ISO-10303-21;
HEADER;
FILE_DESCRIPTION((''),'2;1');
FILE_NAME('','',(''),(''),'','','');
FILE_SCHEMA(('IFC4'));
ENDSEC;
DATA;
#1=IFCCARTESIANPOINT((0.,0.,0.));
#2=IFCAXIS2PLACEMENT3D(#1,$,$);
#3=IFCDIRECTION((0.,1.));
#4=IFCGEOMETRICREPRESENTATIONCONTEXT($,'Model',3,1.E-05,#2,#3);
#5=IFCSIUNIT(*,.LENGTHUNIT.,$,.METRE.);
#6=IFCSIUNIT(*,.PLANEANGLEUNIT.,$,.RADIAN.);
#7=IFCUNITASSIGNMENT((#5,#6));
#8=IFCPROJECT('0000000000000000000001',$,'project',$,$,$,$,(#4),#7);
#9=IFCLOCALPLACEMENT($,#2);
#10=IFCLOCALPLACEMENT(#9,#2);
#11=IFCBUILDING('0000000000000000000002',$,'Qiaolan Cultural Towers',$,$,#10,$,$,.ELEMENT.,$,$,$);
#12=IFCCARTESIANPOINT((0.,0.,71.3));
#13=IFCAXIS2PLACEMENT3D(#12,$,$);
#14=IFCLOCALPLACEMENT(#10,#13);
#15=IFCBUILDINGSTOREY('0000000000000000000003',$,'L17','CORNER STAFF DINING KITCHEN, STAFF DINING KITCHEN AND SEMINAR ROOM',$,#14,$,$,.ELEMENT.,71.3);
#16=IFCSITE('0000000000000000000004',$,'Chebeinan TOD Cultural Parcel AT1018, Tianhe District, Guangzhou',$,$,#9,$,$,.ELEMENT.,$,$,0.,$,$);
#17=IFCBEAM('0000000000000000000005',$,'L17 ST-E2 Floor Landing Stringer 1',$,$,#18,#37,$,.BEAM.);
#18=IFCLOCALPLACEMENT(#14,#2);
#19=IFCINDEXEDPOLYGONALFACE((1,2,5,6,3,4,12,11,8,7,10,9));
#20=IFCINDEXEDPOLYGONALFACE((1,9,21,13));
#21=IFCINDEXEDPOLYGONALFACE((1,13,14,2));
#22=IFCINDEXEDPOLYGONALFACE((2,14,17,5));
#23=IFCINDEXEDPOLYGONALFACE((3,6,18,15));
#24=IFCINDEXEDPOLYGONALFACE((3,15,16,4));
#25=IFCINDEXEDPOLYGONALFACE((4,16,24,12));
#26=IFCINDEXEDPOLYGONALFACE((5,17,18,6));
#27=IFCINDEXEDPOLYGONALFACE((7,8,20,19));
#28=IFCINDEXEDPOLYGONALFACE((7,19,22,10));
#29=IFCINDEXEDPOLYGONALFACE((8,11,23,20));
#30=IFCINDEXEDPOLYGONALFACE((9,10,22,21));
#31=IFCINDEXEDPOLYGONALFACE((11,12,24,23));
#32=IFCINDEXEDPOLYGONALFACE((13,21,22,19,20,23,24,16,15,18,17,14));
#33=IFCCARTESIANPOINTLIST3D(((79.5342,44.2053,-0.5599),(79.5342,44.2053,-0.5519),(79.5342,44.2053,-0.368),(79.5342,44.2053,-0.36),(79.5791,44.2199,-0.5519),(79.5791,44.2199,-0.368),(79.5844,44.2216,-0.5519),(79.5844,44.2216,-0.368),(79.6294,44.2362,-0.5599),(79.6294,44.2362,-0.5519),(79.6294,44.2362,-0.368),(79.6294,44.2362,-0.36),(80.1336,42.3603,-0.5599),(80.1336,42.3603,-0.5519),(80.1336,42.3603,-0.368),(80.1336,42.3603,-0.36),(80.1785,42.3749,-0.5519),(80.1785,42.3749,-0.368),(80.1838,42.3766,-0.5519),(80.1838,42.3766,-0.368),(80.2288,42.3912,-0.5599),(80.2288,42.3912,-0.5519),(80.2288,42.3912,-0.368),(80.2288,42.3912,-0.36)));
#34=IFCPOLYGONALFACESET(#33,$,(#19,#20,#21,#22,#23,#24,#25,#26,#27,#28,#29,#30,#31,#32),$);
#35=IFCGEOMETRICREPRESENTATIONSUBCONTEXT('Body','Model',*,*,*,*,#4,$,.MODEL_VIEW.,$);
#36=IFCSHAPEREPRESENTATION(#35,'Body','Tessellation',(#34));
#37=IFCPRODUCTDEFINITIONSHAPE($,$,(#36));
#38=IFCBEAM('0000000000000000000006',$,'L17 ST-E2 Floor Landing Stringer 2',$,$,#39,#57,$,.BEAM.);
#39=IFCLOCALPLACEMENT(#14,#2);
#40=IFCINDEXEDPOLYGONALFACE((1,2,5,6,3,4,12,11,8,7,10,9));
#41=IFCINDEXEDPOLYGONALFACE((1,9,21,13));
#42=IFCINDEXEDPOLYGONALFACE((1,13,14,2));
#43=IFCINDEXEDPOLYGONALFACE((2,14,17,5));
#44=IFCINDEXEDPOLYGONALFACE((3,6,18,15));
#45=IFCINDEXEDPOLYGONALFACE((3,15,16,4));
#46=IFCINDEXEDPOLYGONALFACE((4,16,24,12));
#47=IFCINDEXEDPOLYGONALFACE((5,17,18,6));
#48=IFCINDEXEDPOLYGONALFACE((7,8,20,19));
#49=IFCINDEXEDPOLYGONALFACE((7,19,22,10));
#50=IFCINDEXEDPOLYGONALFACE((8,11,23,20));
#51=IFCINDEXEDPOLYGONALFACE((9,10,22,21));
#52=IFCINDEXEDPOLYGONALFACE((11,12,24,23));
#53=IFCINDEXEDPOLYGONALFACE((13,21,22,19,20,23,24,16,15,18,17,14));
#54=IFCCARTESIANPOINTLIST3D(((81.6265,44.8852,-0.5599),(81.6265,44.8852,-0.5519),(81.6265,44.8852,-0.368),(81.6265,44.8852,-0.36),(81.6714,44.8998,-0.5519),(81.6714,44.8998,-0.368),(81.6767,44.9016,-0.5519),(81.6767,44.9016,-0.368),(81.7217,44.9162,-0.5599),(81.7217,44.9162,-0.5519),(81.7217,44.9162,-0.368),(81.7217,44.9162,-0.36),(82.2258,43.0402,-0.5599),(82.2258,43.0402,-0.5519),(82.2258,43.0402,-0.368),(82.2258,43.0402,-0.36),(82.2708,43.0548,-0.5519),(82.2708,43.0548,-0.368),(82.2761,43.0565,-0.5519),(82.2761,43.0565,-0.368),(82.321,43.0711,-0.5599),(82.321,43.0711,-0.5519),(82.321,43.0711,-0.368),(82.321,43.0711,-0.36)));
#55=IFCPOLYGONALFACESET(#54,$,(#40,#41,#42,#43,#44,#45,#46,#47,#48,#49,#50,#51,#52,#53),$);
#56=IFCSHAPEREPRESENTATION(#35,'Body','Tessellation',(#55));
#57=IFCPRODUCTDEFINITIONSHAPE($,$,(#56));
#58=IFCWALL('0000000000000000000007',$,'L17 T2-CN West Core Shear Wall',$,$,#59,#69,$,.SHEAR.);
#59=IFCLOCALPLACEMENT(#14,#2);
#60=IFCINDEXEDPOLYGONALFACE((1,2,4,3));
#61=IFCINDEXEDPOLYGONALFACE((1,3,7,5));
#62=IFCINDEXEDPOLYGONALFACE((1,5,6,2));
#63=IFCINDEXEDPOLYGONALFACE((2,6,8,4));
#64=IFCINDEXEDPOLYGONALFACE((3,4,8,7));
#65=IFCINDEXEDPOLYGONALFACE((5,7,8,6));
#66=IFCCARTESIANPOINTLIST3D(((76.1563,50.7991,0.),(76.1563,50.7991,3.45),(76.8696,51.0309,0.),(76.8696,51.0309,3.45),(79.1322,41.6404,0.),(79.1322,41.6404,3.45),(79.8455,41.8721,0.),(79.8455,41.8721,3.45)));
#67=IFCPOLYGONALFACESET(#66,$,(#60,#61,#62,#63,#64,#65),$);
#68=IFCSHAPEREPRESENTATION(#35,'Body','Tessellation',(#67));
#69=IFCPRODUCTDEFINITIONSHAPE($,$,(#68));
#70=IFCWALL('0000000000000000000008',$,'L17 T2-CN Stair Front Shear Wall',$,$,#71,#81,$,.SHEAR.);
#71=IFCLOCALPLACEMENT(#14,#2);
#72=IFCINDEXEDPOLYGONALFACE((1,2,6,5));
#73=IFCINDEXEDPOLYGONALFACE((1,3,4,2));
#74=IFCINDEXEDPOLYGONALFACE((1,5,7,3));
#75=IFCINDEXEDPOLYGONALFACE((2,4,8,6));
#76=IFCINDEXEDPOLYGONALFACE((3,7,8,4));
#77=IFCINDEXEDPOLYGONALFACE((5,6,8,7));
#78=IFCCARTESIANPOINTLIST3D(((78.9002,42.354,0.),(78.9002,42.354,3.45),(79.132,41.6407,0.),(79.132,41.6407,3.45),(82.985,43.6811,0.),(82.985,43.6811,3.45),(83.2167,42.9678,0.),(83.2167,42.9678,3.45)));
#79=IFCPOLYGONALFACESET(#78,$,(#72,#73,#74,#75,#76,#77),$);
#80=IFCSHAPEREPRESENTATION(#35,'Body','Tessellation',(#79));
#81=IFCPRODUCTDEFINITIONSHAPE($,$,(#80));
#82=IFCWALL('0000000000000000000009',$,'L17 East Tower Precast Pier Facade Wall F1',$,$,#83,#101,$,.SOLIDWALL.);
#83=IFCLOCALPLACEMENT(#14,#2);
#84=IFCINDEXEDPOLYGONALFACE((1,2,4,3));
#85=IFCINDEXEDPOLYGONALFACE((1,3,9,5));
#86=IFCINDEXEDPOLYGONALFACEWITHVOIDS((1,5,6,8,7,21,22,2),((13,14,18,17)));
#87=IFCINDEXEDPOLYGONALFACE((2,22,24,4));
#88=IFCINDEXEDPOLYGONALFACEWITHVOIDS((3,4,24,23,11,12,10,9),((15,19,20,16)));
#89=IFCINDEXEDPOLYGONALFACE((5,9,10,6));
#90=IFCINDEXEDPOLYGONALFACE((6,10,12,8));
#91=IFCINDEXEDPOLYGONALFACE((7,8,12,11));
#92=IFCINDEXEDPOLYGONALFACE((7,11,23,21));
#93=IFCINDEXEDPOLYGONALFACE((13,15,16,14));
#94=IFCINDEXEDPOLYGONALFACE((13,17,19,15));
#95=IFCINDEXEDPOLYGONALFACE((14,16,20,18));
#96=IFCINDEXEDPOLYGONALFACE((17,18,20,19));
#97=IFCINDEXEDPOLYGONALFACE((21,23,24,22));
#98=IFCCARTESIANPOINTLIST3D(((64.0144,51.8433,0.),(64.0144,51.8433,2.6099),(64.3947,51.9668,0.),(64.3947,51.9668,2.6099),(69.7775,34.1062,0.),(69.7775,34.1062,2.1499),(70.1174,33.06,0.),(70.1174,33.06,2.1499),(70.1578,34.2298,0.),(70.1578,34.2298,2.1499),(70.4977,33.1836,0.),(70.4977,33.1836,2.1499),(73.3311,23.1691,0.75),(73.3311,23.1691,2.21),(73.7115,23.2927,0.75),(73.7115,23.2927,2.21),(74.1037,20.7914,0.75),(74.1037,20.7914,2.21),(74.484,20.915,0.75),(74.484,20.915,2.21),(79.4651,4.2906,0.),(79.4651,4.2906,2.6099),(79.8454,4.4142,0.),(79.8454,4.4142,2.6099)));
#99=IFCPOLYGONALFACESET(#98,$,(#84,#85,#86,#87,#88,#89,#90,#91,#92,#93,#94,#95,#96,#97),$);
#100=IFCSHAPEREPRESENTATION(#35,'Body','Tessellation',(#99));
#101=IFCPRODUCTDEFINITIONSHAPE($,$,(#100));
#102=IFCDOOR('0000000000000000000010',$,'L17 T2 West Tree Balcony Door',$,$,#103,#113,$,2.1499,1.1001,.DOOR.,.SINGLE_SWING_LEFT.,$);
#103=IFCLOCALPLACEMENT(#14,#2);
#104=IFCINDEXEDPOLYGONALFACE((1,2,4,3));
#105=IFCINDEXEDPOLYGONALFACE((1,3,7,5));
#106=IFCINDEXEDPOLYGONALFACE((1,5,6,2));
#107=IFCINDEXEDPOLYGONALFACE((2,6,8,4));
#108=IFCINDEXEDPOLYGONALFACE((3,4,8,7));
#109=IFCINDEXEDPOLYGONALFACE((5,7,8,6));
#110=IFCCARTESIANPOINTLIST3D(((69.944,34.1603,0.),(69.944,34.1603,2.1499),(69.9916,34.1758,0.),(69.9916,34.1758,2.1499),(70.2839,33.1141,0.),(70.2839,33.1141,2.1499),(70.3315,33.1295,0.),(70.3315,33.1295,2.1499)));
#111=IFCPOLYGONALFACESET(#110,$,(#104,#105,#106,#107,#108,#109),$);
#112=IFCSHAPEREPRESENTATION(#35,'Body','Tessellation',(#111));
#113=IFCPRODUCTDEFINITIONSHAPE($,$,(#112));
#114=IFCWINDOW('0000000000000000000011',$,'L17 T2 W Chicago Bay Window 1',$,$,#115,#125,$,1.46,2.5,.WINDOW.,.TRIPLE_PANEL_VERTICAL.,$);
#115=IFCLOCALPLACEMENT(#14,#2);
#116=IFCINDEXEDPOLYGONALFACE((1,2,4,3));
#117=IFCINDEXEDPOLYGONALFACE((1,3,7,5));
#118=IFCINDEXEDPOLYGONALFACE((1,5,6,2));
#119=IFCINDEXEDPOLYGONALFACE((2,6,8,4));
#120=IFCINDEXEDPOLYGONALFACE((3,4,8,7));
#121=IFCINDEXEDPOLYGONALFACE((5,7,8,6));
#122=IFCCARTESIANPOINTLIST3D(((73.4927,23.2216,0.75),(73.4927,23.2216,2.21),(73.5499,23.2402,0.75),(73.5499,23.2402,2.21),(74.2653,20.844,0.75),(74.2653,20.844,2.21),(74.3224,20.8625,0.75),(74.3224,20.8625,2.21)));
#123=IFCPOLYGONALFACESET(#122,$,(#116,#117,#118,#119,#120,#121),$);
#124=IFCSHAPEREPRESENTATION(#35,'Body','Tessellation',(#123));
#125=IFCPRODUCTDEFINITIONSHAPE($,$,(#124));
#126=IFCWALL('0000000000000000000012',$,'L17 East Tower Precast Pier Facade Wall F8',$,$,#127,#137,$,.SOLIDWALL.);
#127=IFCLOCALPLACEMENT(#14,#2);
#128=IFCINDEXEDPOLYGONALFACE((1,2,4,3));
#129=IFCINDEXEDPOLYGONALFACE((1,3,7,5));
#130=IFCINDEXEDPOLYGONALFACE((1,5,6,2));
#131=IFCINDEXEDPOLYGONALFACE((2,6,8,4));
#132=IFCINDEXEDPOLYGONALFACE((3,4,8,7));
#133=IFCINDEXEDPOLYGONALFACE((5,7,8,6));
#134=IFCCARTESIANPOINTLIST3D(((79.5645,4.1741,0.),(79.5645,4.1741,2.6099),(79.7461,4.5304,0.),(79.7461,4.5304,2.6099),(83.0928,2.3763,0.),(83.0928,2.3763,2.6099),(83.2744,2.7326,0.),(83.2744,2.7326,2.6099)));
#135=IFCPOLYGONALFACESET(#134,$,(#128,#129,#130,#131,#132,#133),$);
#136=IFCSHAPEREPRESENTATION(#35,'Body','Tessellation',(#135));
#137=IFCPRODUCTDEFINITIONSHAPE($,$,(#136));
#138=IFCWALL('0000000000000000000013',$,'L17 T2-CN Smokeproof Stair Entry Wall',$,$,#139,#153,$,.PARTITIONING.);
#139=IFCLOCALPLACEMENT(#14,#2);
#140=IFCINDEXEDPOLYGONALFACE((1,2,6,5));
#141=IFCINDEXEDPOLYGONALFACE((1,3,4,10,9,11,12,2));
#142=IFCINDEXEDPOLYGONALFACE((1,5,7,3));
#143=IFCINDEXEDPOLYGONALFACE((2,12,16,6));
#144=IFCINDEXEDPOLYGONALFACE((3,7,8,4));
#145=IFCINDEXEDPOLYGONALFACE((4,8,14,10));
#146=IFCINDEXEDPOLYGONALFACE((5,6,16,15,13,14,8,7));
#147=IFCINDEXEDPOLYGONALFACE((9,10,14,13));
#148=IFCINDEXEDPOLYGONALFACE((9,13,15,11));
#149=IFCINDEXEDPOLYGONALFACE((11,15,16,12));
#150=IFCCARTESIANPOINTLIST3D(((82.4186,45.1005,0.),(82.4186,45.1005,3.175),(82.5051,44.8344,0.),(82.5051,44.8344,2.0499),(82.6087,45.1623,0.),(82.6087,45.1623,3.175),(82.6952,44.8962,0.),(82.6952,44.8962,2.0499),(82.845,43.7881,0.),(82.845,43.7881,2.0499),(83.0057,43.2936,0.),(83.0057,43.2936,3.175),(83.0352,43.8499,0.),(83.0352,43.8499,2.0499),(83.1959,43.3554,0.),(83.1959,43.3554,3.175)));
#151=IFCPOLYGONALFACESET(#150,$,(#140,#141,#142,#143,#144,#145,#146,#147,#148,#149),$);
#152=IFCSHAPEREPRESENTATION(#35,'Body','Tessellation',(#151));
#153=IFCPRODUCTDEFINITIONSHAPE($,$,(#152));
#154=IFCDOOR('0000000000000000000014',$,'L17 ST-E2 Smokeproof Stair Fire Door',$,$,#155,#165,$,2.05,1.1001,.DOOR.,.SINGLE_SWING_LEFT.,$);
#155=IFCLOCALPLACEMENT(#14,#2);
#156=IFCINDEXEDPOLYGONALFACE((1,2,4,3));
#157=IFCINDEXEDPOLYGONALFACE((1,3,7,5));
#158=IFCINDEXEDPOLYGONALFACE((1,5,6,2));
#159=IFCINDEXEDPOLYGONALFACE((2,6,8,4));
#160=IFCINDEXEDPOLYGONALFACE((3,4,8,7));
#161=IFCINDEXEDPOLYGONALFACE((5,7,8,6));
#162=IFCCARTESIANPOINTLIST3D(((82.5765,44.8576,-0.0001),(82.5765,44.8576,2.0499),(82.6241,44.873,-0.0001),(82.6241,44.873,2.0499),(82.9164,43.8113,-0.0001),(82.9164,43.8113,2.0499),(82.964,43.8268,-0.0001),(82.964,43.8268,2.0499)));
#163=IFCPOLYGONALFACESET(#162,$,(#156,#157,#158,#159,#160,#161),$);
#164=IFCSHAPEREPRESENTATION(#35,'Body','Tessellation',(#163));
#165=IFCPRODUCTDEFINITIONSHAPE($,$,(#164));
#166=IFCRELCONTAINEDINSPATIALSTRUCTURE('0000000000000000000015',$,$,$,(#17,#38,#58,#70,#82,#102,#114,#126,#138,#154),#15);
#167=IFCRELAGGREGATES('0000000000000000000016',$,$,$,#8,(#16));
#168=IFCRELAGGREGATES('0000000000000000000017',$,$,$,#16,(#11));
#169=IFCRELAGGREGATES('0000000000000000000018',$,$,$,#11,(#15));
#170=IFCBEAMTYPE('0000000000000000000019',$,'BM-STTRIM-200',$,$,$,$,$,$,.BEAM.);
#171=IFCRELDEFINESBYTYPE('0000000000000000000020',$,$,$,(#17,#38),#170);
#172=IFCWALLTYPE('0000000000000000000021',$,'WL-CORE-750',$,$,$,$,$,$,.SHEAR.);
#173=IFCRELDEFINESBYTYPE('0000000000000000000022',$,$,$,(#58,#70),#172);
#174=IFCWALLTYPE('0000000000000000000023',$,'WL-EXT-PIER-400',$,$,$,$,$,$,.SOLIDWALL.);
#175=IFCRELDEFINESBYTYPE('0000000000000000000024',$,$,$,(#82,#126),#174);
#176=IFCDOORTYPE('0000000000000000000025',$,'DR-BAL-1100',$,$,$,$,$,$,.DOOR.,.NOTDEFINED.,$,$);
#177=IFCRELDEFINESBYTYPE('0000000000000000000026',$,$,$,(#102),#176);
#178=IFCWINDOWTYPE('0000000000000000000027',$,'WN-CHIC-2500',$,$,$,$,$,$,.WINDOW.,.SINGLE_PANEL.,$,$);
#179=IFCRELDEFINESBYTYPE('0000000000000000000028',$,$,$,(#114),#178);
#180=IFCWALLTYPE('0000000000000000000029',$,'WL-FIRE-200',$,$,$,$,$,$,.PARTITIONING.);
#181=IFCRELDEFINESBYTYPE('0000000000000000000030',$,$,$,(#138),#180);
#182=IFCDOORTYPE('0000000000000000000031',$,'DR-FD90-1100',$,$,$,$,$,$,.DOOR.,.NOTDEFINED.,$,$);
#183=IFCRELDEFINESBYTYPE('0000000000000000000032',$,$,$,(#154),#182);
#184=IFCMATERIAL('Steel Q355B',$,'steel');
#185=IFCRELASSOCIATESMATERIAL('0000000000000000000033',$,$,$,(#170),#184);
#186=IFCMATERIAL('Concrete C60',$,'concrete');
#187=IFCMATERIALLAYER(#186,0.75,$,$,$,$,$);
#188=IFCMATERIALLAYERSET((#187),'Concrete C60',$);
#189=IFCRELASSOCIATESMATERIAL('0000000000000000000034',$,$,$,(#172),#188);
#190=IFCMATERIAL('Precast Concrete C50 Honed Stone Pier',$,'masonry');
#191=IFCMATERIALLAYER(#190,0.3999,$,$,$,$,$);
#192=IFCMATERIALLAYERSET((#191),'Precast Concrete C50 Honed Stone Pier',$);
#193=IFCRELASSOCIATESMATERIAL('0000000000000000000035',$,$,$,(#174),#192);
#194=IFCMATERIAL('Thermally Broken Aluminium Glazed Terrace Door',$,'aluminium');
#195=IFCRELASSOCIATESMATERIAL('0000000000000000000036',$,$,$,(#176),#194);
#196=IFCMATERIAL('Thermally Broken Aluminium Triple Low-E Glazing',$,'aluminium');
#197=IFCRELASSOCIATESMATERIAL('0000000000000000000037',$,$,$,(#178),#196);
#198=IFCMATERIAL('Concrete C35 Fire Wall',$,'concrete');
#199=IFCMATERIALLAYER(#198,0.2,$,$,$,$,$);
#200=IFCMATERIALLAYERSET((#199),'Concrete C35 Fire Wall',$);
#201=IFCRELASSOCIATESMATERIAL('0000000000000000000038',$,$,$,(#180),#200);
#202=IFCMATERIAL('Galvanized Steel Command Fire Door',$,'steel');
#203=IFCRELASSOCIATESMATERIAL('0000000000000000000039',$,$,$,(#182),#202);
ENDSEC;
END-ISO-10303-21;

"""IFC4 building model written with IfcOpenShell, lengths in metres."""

from ifc_helpers import new_model, si_unit, direction, frame, frame_2d, origin, origin_2d, place, context, subcontext, project, spatial, rectangle, i_section, extrude, material, layer, layer_set, material_profile, profile_set, type_object, element, fill, save


model = new_model("IFC4")

# Units and contexts
model_context = context("Model", 3, precision=1e-05, world=origin(), true_north=direction((0.0, 1.0)))
body_context = subcontext(model_context, "Body", "Model", "MODEL_VIEW")
ifc_project = project(units=[si_unit("LENGTHUNIT", "METRE"), si_unit("PLANEANGLEUNIT", "RADIAN")], contexts=[model_context])

# Site, building, storey
site_placement = place(None, origin())
site = spatial("IfcSite", under=ifc_project, at=site_placement, Name="Chebeinan TOD Cultural Parcel AT1018, Tianhe District, Guangzhou", CompositionType="ELEMENT", RefElevation=0.0)
building_placement = place(site_placement, origin())
building = spatial("IfcBuilding", under=site, at=building_placement, Name="Qiaolan Cultural Towers", CompositionType="ELEMENT")
storey_placement = place(building_placement, frame((0.0, 0.0, 71.3)))
storey = spatial("IfcBuildingStorey", under=building, at=storey_placement, Name="L17", Description="CORNER STAFF DINING KITCHEN, STAFF DINING KITCHEN AND SEMINAR ROOM", CompositionType="ELEMENT", Elevation=71.3)

# Beams
ifc_material_1 = material(Name="Steel Q355B", Category="steel")
ifc_material_profile_1 = material_profile(ifc_material_1, i_section(OverallWidth=0.1001, OverallDepth=0.2, WebThickness=0.0056, FlangeThickness=0.0081, at=origin_2d()), Name="HN200x100x5.5x8")
ifc_profile_set_1 = profile_set([ifc_material_profile_1], Name="Steel Q355B")
beam_type_1 = type_object("IfcBeamType", Name="BM-STTRIM-200", PredefinedType="BEAM", material=ifc_profile_set_1)
for number, where, z_axis, x_axis, name in (
    (1, (80.1812, 42.3757, -0.46), (-0.308969, 0.951072, 0.0), (-0.951072, -0.308969, 0.0), "L17 ST-E2 Floor Landing Stringer 1"),
    (2, (82.2734, 43.0557, -0.46), (-0.308969, 0.951072, 0.0), (-0.951072, -0.308969, 0.0), "L17 ST-E2 Floor Landing Stringer 2"),
):
    element("IfcBeam", number, at=place(storey_placement, frame(where, z_axis=z_axis, x_axis=x_axis)), inside=storey, type_object=beam_type_1, Name=name, PredefinedType="BEAM", context=body_context, shape_type="SweptSolid", body=[
        extrude(i_section(OverallWidth=0.1001, OverallDepth=0.2, WebThickness=0.0056, FlangeThickness=0.0081, at=origin_2d()), origin(), (0.0, 0.0, 1.0), 1.9399),
    ])

# Walls
ifc_material_2 = material(Name="Concrete C60", Category="concrete")
ifc_layer_1 = layer(ifc_material_2, 0.75)
ifc_layer_set_1 = layer_set([ifc_layer_1], Name="Concrete C60")
wall_type_1 = type_object("IfcWallType", Name="WL-CORE-750", PredefinedType="SHEAR", material=ifc_layer_set_1)
wall_1_placement = place(storey_placement, frame((79.4888, 41.7563, 0.0), z_axis=(0.0, 0.0, 1.0), x_axis=(-0.309016, 0.951057, 0.0)))
element("IfcWall", 3, at=wall_1_placement, inside=storey, type_object=wall_type_1, Name="L17 T2-CN West Core Shear Wall", PredefinedType="SHEAR", context=body_context, shape_type="SweptSolid", body=[
    extrude(rectangle(XDim=9.6301, YDim=0.75, at=frame_2d((4.8149, 0.0))), origin(), (0.0, 0.0, 1.0), 3.45),
])
wall_2_placement = place(storey_placement, frame((79.0161, 41.9973, 0.0), z_axis=(0.0, 0.0, 1.0), x_axis=(0.95106, 0.309005, 0.0)))
element("IfcWall", 4, at=wall_2_placement, inside=storey, type_object=wall_type_1, Name="L17 T2-CN Stair Front Shear Wall", PredefinedType="SHEAR", context=body_context, shape_type="SweptSolid", body=[
    extrude(rectangle(XDim=4.2949, YDim=0.75, at=frame_2d((2.1475, 0.0))), origin(), (0.0, 0.0, 1.0), 3.45),
])

# Wall, openings, door, window
ifc_material_3 = material(Name="Precast Concrete C50 Honed Stone Pier", Category="masonry")
ifc_layer_2 = layer(ifc_material_3, 0.3999)
ifc_layer_set_2 = layer_set([ifc_layer_2], Name="Precast Concrete C50 Honed Stone Pier")
wall_type_2 = type_object("IfcWallType", Name="WL-EXT-PIER-400", PredefinedType="SOLIDWALL", material=ifc_layer_set_2)
wall_3_placement = place(storey_placement, frame((79.6553, 4.3523, 0.0), z_axis=(0.0, 0.0, 1.0), x_axis=(-0.309015, 0.951057, 0.0)))
wall_3 = element("IfcWall", 5, at=wall_3_placement, inside=storey, type_object=wall_type_2, Name="L17 East Tower Precast Pier Facade Wall F1", PredefinedType="SOLIDWALL", context=body_context, shape_type="SweptSolid", body=[
    extrude(rectangle(XDim=49.9998, YDim=0.3999, at=frame_2d((25.0, 0.0))), origin(), (0.0, 0.0, 1.0), 2.6099),
])
opening_1_placement = place(wall_3_placement, frame((17.3501, 0.0, 0.75)))
opening_1 = element("IfcOpeningElement", 6, at=opening_1_placement, cuts=wall_3, PredefinedType="OPENING", context=body_context, shape_type="SweptSolid", body=[
    extrude(rectangle(XDim=2.5, YDim=1.46, at=frame_2d((1.25, 0.73))), frame((0.0, 0.21, 0.0), z_axis=(0.0, -1.0, 0.0), x_axis=(1.0, 0.0, 0.0)), (0.0, 0.0, 1.0), 0.4199),
])
opening_2_placement = place(wall_3_placement, frame((30.25, 0.0, 0.0)))
opening_2 = element("IfcOpeningElement", 7, at=opening_2_placement, cuts=wall_3, PredefinedType="OPENING", context=body_context, shape_type="SweptSolid", body=[
    extrude(rectangle(XDim=1.1001, YDim=2.1499, at=frame_2d((0.55, 1.075))), frame((0.0, 0.21, 0.0), z_axis=(0.0, -1.0, 0.0), x_axis=(1.0, 0.0, 0.0)), (0.0, 0.0, 1.0), 0.4199),
])
ifc_material_4 = material(Name="Thermally Broken Aluminium Glazed Terrace Door", Category="aluminium")
door_type_1 = type_object("IfcDoorType", Name="DR-BAL-1100", OperationType="NOTDEFINED", PredefinedType="DOOR", material=ifc_material_4)
door_1_placement = place(opening_2_placement, origin())
door_1 = element("IfcDoor", 8, at=door_1_placement, inside=storey, type_object=door_type_1, Name="L17 T2 West Tree Balcony Door", OperationType="SINGLE_SWING_LEFT", OverallHeight=2.1499, OverallWidth=1.1001, PredefinedType="DOOR", context=body_context, shape_type="SweptSolid", body=[
    extrude(rectangle(XDim=1.1001, YDim=2.1499, at=frame_2d((0.55, 1.075))), frame((0.0, 0.0249, 0.0), z_axis=(0.0, -1.0, 0.0), x_axis=(1.0, 0.0, 0.0)), (0.0, 0.0, 1.0), 0.05),
])
fill(opening_2, door_1)
ifc_material_5 = material(Name="Thermally Broken Aluminium Triple Low-E Glazing", Category="aluminium")
window_type = type_object("IfcWindowType", Name="WN-CHIC-2500", PartitioningType="SINGLE_PANEL", PredefinedType="WINDOW", material=ifc_material_5)
window_placement = place(opening_1_placement, origin())
window = element("IfcWindow", 9, at=window_placement, inside=storey, type_object=window_type, Name="L17 T2 W Chicago Bay Window 1", OverallHeight=1.46, OverallWidth=2.5, PartitioningType="TRIPLE_PANEL_VERTICAL", PredefinedType="WINDOW", context=body_context, shape_type="SweptSolid", body=[
    extrude(rectangle(XDim=2.5, YDim=1.46, at=frame_2d((1.25, 0.73))), frame((0.0, 0.03, 0.0), z_axis=(0.0, -1.0, 0.0), x_axis=(1.0, 0.0, 0.0)), (0.0, 0.0, 1.0), 0.0601),
])
fill(opening_1, window)

# Wall
wall_4_placement = place(storey_placement, frame((83.1836, 2.5544, 0.0), z_axis=(0.0, 0.0, 1.0), x_axis=(-0.890998, 0.454007, 0.0)))
element("IfcWall", 10, at=wall_4_placement, inside=storey, type_object=wall_type_2, Name="L17 East Tower Precast Pier Facade Wall F8", PredefinedType="SOLIDWALL", context=body_context, shape_type="SweptSolid", body=[
    extrude(rectangle(XDim=3.96, YDim=0.3999, at=frame_2d((1.98, 0.0))), origin(), (0.0, 0.0, 1.0), 2.6099),
])

# Wall, opening, door
ifc_material_6 = material(Name="Concrete C35 Fire Wall", Category="concrete")
ifc_layer_3 = layer(ifc_material_6, 0.2)
ifc_layer_set_3 = layer_set([ifc_layer_3], Name="Concrete C35 Fire Wall")
wall_type_3 = type_object("IfcWallType", Name="WL-FIRE-200", PredefinedType="PARTITIONING", material=ifc_layer_set_3)
wall_5_placement = place(storey_placement, frame((83.1008, 43.3245, 0.0), z_axis=(0.0, 0.0, 1.0), x_axis=(-0.309048, 0.951046, 0.0)))
wall_5 = element("IfcWall", 11, at=wall_5_placement, inside=storey, type_object=wall_type_3, Name="L17 T2-CN Smokeproof Stair Entry Wall", PredefinedType="PARTITIONING", context=body_context, shape_type="SweptSolid", body=[
    extrude(rectangle(XDim=1.8999, YDim=0.2, at=frame_2d((0.95, 0.0))), origin(), (0.0, 0.0, 1.0), 3.175),
])
opening_3_placement = place(wall_5_placement, frame((0.52, 0.0, 0.0)))
opening_3 = element("IfcOpeningElement", 12, at=opening_3_placement, cuts=wall_5, PredefinedType="OPENING", context=body_context, shape_type="SweptSolid", body=[
    extrude(rectangle(XDim=1.1001, YDim=2.05, at=frame_2d((0.55, 1.0249))), frame((0.0, 0.1099, 0.0), z_axis=(0.0, -1.0, 0.0), x_axis=(1.0, 0.0, 0.0)), (0.0, 0.0, 1.0), 0.22),
])
ifc_material_7 = material(Name="Galvanized Steel Command Fire Door", Category="steel")
door_type_2 = type_object("IfcDoorType", Name="DR-FD90-1100", OperationType="NOTDEFINED", PredefinedType="DOOR", material=ifc_material_7)
door_2_placement = place(opening_3_placement, origin())
door_2 = element("IfcDoor", 13, at=door_2_placement, inside=storey, type_object=door_type_2, Name="L17 ST-E2 Smokeproof Stair Fire Door", OperationType="SINGLE_SWING_LEFT", OverallHeight=2.05, OverallWidth=1.1001, PredefinedType="DOOR", context=body_context, shape_type="SweptSolid", body=[
    extrude(rectangle(XDim=1.1001, YDim=2.05, at=frame_2d((0.55, 1.0249))), frame((0.0, 0.0249, 0.0), z_axis=(0.0, -1.0, 0.0), x_axis=(1.0, 0.0, 0.0)), (0.0, 0.0, 1.0), 0.05),
])
fill(opening_3, door_2)

save(model, "model.ifc")
